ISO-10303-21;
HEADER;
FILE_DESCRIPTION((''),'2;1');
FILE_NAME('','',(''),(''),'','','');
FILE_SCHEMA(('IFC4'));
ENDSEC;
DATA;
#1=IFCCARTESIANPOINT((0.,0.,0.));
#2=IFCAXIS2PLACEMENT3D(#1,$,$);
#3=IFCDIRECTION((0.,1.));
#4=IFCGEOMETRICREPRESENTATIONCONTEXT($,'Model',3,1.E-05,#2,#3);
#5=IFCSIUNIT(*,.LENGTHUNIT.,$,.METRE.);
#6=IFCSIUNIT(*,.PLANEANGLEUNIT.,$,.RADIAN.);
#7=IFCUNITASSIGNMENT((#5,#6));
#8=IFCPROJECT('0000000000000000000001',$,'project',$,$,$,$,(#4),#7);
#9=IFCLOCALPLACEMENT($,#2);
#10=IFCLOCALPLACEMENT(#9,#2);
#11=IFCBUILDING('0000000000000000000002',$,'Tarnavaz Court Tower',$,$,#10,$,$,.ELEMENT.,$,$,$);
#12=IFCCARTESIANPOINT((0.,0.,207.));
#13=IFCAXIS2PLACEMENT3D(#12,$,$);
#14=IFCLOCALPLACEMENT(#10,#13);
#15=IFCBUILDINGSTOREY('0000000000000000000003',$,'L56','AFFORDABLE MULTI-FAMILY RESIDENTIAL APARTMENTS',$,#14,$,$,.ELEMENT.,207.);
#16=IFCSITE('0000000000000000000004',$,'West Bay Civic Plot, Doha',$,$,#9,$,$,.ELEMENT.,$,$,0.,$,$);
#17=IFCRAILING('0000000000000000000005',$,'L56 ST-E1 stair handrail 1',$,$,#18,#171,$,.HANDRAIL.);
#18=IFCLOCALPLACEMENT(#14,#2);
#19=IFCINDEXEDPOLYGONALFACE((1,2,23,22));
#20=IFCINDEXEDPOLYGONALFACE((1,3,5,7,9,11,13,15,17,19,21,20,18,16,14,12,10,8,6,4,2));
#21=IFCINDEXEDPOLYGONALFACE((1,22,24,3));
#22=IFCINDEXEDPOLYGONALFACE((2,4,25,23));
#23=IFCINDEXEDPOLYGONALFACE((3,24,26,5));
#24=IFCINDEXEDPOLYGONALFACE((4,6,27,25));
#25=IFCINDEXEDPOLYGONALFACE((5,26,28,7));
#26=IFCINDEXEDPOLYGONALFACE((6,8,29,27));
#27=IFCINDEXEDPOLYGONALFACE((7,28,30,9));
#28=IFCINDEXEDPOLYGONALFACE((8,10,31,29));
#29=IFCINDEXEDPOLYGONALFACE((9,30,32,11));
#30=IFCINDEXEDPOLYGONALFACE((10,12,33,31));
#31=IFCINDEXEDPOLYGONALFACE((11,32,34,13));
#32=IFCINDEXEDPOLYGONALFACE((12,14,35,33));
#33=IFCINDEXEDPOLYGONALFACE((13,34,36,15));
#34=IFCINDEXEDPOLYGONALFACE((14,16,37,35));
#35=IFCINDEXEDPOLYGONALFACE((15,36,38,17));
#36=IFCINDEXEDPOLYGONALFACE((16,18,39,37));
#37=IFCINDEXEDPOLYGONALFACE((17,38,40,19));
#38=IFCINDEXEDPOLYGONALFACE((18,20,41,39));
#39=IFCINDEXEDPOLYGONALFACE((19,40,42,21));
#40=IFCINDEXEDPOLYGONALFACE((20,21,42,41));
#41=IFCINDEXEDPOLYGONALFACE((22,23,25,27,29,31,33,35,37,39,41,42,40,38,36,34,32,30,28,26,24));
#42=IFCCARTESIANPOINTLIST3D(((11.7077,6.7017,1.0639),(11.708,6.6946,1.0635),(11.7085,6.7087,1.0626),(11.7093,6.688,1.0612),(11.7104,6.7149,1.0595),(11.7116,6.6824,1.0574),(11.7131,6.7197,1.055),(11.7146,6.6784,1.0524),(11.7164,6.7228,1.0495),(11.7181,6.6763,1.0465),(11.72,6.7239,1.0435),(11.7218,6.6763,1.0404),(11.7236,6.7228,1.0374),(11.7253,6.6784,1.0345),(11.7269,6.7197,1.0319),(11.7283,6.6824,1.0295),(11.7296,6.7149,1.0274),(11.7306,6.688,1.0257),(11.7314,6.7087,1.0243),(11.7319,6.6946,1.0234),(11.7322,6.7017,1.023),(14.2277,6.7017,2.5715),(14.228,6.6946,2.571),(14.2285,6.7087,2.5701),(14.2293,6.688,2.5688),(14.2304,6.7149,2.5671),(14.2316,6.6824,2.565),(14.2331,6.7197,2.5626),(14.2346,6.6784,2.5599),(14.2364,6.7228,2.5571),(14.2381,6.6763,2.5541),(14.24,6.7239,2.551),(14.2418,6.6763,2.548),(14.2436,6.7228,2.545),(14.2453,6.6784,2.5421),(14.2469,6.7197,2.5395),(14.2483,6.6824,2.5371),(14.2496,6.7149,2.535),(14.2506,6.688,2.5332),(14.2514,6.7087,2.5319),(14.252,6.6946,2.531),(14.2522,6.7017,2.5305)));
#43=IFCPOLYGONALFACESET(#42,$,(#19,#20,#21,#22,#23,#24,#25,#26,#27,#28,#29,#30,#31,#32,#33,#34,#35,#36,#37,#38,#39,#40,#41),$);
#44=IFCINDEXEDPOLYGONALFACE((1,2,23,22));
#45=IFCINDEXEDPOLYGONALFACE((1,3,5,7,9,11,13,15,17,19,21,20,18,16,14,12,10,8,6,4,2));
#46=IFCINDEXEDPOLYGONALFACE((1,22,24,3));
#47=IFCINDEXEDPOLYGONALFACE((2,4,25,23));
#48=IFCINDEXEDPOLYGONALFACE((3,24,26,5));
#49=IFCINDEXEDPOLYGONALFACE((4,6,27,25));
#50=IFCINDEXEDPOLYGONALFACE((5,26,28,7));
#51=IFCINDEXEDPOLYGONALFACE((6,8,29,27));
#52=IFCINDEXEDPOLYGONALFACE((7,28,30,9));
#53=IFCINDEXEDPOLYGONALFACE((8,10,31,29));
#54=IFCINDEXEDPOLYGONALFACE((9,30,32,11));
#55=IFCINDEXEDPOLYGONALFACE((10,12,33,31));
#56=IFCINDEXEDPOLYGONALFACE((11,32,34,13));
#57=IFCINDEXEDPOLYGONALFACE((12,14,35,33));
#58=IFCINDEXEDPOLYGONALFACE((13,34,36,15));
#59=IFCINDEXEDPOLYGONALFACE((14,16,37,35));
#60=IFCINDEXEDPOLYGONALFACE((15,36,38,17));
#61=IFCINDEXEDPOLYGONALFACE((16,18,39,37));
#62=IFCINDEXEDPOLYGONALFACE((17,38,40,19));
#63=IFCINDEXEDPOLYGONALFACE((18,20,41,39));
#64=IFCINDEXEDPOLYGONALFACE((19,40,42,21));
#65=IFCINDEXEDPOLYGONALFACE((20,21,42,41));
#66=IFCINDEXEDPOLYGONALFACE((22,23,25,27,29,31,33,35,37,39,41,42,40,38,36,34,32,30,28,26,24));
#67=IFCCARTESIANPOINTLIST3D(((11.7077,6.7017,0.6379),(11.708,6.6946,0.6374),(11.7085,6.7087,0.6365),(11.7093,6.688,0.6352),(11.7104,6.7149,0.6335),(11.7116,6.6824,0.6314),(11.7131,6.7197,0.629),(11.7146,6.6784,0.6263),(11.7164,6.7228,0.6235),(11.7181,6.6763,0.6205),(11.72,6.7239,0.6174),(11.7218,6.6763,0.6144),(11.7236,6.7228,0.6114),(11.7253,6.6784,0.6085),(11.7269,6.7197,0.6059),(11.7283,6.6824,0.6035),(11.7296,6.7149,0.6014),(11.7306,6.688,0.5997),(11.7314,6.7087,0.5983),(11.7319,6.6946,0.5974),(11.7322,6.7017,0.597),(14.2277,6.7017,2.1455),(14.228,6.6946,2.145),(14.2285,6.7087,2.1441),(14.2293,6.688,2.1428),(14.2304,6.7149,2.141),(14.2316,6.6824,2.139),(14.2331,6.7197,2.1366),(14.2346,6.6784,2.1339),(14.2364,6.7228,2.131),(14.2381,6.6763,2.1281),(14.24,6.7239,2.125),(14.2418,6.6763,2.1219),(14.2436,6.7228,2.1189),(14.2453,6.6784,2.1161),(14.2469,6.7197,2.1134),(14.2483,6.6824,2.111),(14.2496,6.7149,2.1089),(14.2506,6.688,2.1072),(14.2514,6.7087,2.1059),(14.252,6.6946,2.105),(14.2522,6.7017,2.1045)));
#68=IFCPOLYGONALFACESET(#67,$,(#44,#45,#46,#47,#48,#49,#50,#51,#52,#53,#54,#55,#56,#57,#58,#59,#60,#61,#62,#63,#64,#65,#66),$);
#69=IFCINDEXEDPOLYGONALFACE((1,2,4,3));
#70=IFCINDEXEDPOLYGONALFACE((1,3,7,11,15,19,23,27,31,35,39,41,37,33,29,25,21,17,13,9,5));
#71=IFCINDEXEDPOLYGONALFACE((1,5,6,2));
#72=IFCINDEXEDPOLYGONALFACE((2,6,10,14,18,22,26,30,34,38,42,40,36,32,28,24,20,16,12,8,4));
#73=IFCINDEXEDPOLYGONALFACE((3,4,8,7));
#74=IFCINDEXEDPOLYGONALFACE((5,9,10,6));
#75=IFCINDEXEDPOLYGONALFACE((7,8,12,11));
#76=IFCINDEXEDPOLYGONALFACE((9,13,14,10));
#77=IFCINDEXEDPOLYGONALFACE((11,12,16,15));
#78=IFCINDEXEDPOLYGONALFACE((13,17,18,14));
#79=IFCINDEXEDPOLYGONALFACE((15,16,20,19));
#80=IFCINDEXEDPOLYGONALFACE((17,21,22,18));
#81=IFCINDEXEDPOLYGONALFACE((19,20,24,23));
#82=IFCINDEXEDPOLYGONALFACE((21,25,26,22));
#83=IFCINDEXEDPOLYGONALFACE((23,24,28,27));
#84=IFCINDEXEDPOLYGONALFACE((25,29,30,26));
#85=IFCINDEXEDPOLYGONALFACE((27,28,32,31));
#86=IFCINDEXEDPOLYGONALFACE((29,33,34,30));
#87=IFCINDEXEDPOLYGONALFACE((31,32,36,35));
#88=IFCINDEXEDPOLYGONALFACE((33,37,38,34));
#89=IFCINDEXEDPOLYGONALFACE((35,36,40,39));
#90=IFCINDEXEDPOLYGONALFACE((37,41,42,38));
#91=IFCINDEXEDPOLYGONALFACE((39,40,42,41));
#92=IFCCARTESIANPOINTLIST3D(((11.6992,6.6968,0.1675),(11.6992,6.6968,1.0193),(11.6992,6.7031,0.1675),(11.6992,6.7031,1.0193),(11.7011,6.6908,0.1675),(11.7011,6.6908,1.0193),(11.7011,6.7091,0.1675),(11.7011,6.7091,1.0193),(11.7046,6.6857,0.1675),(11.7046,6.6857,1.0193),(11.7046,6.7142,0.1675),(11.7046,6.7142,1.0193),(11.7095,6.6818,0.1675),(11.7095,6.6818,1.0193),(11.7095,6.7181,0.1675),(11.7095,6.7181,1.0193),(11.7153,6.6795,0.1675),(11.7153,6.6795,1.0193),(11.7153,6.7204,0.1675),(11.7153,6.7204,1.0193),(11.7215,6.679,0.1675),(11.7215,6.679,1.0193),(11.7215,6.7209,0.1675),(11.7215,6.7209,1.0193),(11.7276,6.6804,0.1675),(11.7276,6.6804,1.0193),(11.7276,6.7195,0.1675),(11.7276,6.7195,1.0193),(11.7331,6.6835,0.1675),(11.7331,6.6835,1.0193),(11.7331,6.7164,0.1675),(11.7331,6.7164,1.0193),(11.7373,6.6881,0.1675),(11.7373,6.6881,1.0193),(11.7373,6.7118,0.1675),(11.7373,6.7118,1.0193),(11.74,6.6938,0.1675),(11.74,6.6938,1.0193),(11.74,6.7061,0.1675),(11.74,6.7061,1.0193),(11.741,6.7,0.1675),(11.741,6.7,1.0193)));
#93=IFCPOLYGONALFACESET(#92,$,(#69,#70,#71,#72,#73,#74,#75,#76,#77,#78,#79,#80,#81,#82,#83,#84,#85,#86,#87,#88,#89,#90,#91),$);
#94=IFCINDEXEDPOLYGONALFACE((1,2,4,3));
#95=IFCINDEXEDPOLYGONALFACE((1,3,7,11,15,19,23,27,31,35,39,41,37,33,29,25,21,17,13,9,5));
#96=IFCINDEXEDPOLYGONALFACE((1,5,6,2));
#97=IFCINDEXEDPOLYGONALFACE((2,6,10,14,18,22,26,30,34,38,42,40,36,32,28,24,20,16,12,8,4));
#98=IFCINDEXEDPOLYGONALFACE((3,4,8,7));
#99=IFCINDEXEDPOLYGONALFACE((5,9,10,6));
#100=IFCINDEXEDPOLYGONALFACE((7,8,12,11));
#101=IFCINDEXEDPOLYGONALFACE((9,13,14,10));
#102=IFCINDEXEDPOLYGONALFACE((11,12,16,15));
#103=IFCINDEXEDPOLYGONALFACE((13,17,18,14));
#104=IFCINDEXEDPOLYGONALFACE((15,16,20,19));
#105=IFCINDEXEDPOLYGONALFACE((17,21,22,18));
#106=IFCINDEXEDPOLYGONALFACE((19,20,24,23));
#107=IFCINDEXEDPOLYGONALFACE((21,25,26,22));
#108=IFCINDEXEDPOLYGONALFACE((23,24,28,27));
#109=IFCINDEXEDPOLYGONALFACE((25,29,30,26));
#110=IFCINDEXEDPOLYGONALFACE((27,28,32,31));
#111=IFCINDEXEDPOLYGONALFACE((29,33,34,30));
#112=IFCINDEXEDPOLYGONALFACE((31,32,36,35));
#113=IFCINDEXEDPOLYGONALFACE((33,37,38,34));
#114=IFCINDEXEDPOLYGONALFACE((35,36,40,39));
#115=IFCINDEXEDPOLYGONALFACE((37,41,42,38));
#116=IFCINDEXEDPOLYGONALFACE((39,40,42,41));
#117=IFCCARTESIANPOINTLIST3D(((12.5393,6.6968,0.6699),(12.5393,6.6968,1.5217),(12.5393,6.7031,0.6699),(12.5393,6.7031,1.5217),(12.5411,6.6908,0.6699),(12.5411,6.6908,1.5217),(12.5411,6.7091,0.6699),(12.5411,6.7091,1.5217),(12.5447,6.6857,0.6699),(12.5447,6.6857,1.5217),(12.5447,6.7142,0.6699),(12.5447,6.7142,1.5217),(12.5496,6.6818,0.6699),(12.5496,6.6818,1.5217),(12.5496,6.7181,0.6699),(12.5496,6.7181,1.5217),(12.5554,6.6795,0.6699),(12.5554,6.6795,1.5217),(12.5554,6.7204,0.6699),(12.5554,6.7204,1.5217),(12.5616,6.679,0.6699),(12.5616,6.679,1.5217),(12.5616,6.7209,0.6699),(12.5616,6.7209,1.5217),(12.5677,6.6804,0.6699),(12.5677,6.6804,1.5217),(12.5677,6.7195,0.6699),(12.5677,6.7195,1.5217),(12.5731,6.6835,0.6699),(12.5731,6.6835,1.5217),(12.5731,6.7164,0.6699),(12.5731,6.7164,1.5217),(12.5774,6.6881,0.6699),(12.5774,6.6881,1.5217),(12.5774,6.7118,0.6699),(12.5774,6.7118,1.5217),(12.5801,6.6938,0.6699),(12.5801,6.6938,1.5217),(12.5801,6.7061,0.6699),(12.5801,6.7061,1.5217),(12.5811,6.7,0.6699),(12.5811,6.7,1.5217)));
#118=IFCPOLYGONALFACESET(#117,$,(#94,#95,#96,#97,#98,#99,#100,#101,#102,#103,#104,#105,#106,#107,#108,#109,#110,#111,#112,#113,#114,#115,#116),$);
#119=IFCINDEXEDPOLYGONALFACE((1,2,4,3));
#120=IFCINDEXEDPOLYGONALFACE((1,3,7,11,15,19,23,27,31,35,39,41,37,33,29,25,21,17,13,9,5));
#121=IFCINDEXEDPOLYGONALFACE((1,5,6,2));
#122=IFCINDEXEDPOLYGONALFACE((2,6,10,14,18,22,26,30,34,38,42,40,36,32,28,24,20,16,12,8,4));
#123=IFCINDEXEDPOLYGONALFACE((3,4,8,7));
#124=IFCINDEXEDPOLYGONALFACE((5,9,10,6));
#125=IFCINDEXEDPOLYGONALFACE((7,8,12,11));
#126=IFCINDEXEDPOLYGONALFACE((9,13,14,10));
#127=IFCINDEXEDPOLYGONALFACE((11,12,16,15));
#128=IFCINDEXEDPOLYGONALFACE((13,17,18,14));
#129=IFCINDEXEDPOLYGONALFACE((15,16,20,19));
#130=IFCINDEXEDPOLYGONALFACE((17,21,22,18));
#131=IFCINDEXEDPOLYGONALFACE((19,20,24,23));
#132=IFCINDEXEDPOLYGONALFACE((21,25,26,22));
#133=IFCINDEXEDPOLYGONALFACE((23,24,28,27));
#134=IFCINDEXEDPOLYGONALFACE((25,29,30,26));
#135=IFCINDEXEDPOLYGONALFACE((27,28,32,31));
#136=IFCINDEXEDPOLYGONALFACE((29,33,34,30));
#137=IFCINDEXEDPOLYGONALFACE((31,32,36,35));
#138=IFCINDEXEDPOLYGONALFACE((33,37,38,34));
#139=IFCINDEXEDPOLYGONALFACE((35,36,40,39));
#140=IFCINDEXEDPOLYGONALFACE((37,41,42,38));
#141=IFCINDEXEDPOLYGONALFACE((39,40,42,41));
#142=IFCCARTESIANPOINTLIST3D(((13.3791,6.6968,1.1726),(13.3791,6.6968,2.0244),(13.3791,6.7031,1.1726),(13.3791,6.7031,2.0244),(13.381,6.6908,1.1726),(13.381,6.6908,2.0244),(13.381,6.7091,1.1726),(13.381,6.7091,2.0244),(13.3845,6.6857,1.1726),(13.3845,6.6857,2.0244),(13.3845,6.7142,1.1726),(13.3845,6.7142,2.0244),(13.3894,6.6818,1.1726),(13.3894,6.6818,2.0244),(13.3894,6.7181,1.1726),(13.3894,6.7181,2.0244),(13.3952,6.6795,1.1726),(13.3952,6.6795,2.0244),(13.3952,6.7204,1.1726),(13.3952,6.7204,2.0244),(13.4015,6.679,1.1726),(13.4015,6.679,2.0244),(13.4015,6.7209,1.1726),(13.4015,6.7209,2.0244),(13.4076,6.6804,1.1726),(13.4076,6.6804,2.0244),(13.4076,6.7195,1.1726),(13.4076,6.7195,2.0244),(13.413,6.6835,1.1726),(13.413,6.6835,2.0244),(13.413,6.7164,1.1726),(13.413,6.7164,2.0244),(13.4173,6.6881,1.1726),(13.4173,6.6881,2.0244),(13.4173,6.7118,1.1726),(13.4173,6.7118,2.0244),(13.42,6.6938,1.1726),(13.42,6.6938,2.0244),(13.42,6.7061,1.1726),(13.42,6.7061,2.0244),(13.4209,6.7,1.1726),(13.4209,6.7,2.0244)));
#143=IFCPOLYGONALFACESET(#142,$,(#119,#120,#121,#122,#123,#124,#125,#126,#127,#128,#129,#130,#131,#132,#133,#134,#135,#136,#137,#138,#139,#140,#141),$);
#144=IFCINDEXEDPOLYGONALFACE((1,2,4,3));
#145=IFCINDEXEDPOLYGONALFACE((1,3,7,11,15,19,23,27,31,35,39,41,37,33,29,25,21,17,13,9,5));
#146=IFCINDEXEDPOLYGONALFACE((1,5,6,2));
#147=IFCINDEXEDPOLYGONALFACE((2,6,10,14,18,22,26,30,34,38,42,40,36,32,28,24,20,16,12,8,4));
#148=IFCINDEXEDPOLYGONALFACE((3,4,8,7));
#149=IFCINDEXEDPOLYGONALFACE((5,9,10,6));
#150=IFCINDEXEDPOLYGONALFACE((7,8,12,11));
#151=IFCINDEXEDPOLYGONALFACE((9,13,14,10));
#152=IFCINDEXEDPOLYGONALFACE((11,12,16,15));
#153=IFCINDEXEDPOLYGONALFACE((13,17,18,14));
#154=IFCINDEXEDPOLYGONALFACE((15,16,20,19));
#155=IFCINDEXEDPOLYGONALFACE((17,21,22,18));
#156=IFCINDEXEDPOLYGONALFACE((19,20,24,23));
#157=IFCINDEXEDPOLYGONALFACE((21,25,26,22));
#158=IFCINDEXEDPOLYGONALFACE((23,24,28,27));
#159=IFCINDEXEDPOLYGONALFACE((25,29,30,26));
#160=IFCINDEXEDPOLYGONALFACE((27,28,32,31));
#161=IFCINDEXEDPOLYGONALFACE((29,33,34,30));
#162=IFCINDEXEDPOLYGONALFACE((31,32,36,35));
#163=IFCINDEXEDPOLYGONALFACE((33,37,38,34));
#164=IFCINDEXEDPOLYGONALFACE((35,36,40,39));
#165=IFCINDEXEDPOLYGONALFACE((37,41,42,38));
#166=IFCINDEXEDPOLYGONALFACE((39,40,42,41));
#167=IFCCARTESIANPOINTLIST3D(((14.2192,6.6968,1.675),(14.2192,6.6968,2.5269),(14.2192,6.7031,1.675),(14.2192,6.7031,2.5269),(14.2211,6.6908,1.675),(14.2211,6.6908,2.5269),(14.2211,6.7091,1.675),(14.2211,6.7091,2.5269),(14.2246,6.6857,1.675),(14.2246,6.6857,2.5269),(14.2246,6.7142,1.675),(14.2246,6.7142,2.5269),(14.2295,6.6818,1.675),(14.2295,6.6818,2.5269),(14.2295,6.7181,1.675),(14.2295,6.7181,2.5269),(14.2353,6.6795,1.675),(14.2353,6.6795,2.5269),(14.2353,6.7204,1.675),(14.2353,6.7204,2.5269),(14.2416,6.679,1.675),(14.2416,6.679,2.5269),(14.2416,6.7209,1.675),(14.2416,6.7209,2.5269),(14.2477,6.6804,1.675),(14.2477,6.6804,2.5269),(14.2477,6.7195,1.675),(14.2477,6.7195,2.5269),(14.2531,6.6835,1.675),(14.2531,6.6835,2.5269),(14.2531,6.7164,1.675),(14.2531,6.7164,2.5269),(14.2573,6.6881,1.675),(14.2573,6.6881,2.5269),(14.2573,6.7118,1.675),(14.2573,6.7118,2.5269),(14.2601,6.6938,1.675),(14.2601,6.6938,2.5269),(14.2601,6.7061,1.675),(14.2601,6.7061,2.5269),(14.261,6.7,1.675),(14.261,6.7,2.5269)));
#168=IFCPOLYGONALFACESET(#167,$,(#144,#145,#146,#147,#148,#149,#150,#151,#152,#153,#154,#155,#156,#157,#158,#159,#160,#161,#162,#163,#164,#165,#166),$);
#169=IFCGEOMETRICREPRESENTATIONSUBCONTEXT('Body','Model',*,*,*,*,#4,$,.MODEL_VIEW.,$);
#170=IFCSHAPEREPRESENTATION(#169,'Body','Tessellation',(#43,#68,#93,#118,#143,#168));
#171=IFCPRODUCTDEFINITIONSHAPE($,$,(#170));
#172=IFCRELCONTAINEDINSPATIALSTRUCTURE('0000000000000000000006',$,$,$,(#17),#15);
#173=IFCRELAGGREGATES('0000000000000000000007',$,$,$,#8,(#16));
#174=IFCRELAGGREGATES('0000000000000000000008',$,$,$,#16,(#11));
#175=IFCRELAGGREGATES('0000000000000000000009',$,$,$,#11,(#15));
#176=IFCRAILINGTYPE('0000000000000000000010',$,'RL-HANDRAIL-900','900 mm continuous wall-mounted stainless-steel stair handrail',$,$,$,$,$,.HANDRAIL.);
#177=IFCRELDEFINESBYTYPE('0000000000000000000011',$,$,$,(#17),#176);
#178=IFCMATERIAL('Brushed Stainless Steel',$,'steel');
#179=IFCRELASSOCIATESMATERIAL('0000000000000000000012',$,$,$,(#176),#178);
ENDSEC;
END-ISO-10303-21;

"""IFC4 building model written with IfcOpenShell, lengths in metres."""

from ifc_helpers import new_model, si_unit, direction, frame, origin, origin_2d, place, context, subcontext, project, spatial, circle, extrude, material, type_object, element, save


model = new_model("IFC4")

# Units and contexts
model_context = context("Model", 3, precision=1e-05, world=origin(), true_north=direction((0.0, 1.0)))
body_context = subcontext(model_context, "Body", "Model", "MODEL_VIEW")
ifc_project = project(units=[si_unit("LENGTHUNIT", "METRE"), si_unit("PLANEANGLEUNIT", "RADIAN")], contexts=[model_context])

# Site, building, storey
site_placement = place(None, origin())
site = spatial("IfcSite", under=ifc_project, at=site_placement, Name="West Bay Civic Plot, Doha", CompositionType="ELEMENT", RefElevation=0.0)
building_placement = place(site_placement, origin())
building = spatial("IfcBuilding", under=site, at=building_placement, Name="Tarnavaz Court Tower", CompositionType="ELEMENT")
storey_placement = place(building_placement, frame((0.0, 0.0, 207.0)))
storey = spatial("IfcBuildingStorey", under=building, at=storey_placement, Name="L56", Description="AFFORDABLE MULTI-FAMILY RESIDENTIAL APARTMENTS", CompositionType="ELEMENT", Elevation=207.0)

# Railing
ifc_material_1 = material(Name="Brushed Stainless Steel", Category="steel")
railing_type_1 = type_object("IfcRailingType", Name="RL-HANDRAIL-900", Description="900 mm continuous wall-mounted stainless-steel stair handrail", PredefinedType="HANDRAIL", material=ifc_material_1)
railing_1_placement = place(storey_placement, frame((11.72, 6.7, 0.1675)))
element("IfcRailing", 1, at=railing_1_placement, inside=storey, type_object=railing_type_1, Name="L56 ST-E1 stair handrail 1", PredefinedType="HANDRAIL", context=body_context, shape_type="SweptSolid", body=[
    extrude(circle(Radius=0.0239, at=origin_2d()), frame((0.0, 0.0, 0.876), z_axis=(0.85816, 0.0, 0.513383), x_axis=(0.0, 1.0, 0.0)), (0.0, 0.0, 1.0), 2.9365),
    extrude(circle(Radius=0.0239, at=origin_2d()), frame((0.0, 0.0, 0.45), z_axis=(0.85816, 0.0, 0.513383), x_axis=(0.0, 1.0, 0.0)), (0.0, 0.0, 1.0), 2.9365),
    extrude(circle(Radius=0.021, at=origin_2d()), origin(), (0.0, 0.0, 1.0), 0.8518),
    extrude(circle(Radius=0.021, at=origin_2d()), frame((0.8401, 0.0, 0.5024)), (0.0, 0.0, 1.0), 0.8518),
    extrude(circle(Radius=0.021, at=origin_2d()), frame((1.6799, 0.0, 1.0051)), (0.0, 0.0, 1.0), 0.8518),
    extrude(circle(Radius=0.021, at=origin_2d()), frame((2.52, 0.0, 1.5076)), (0.0, 0.0, 1.0), 0.8518),
])

save(model, "model.ifc")
